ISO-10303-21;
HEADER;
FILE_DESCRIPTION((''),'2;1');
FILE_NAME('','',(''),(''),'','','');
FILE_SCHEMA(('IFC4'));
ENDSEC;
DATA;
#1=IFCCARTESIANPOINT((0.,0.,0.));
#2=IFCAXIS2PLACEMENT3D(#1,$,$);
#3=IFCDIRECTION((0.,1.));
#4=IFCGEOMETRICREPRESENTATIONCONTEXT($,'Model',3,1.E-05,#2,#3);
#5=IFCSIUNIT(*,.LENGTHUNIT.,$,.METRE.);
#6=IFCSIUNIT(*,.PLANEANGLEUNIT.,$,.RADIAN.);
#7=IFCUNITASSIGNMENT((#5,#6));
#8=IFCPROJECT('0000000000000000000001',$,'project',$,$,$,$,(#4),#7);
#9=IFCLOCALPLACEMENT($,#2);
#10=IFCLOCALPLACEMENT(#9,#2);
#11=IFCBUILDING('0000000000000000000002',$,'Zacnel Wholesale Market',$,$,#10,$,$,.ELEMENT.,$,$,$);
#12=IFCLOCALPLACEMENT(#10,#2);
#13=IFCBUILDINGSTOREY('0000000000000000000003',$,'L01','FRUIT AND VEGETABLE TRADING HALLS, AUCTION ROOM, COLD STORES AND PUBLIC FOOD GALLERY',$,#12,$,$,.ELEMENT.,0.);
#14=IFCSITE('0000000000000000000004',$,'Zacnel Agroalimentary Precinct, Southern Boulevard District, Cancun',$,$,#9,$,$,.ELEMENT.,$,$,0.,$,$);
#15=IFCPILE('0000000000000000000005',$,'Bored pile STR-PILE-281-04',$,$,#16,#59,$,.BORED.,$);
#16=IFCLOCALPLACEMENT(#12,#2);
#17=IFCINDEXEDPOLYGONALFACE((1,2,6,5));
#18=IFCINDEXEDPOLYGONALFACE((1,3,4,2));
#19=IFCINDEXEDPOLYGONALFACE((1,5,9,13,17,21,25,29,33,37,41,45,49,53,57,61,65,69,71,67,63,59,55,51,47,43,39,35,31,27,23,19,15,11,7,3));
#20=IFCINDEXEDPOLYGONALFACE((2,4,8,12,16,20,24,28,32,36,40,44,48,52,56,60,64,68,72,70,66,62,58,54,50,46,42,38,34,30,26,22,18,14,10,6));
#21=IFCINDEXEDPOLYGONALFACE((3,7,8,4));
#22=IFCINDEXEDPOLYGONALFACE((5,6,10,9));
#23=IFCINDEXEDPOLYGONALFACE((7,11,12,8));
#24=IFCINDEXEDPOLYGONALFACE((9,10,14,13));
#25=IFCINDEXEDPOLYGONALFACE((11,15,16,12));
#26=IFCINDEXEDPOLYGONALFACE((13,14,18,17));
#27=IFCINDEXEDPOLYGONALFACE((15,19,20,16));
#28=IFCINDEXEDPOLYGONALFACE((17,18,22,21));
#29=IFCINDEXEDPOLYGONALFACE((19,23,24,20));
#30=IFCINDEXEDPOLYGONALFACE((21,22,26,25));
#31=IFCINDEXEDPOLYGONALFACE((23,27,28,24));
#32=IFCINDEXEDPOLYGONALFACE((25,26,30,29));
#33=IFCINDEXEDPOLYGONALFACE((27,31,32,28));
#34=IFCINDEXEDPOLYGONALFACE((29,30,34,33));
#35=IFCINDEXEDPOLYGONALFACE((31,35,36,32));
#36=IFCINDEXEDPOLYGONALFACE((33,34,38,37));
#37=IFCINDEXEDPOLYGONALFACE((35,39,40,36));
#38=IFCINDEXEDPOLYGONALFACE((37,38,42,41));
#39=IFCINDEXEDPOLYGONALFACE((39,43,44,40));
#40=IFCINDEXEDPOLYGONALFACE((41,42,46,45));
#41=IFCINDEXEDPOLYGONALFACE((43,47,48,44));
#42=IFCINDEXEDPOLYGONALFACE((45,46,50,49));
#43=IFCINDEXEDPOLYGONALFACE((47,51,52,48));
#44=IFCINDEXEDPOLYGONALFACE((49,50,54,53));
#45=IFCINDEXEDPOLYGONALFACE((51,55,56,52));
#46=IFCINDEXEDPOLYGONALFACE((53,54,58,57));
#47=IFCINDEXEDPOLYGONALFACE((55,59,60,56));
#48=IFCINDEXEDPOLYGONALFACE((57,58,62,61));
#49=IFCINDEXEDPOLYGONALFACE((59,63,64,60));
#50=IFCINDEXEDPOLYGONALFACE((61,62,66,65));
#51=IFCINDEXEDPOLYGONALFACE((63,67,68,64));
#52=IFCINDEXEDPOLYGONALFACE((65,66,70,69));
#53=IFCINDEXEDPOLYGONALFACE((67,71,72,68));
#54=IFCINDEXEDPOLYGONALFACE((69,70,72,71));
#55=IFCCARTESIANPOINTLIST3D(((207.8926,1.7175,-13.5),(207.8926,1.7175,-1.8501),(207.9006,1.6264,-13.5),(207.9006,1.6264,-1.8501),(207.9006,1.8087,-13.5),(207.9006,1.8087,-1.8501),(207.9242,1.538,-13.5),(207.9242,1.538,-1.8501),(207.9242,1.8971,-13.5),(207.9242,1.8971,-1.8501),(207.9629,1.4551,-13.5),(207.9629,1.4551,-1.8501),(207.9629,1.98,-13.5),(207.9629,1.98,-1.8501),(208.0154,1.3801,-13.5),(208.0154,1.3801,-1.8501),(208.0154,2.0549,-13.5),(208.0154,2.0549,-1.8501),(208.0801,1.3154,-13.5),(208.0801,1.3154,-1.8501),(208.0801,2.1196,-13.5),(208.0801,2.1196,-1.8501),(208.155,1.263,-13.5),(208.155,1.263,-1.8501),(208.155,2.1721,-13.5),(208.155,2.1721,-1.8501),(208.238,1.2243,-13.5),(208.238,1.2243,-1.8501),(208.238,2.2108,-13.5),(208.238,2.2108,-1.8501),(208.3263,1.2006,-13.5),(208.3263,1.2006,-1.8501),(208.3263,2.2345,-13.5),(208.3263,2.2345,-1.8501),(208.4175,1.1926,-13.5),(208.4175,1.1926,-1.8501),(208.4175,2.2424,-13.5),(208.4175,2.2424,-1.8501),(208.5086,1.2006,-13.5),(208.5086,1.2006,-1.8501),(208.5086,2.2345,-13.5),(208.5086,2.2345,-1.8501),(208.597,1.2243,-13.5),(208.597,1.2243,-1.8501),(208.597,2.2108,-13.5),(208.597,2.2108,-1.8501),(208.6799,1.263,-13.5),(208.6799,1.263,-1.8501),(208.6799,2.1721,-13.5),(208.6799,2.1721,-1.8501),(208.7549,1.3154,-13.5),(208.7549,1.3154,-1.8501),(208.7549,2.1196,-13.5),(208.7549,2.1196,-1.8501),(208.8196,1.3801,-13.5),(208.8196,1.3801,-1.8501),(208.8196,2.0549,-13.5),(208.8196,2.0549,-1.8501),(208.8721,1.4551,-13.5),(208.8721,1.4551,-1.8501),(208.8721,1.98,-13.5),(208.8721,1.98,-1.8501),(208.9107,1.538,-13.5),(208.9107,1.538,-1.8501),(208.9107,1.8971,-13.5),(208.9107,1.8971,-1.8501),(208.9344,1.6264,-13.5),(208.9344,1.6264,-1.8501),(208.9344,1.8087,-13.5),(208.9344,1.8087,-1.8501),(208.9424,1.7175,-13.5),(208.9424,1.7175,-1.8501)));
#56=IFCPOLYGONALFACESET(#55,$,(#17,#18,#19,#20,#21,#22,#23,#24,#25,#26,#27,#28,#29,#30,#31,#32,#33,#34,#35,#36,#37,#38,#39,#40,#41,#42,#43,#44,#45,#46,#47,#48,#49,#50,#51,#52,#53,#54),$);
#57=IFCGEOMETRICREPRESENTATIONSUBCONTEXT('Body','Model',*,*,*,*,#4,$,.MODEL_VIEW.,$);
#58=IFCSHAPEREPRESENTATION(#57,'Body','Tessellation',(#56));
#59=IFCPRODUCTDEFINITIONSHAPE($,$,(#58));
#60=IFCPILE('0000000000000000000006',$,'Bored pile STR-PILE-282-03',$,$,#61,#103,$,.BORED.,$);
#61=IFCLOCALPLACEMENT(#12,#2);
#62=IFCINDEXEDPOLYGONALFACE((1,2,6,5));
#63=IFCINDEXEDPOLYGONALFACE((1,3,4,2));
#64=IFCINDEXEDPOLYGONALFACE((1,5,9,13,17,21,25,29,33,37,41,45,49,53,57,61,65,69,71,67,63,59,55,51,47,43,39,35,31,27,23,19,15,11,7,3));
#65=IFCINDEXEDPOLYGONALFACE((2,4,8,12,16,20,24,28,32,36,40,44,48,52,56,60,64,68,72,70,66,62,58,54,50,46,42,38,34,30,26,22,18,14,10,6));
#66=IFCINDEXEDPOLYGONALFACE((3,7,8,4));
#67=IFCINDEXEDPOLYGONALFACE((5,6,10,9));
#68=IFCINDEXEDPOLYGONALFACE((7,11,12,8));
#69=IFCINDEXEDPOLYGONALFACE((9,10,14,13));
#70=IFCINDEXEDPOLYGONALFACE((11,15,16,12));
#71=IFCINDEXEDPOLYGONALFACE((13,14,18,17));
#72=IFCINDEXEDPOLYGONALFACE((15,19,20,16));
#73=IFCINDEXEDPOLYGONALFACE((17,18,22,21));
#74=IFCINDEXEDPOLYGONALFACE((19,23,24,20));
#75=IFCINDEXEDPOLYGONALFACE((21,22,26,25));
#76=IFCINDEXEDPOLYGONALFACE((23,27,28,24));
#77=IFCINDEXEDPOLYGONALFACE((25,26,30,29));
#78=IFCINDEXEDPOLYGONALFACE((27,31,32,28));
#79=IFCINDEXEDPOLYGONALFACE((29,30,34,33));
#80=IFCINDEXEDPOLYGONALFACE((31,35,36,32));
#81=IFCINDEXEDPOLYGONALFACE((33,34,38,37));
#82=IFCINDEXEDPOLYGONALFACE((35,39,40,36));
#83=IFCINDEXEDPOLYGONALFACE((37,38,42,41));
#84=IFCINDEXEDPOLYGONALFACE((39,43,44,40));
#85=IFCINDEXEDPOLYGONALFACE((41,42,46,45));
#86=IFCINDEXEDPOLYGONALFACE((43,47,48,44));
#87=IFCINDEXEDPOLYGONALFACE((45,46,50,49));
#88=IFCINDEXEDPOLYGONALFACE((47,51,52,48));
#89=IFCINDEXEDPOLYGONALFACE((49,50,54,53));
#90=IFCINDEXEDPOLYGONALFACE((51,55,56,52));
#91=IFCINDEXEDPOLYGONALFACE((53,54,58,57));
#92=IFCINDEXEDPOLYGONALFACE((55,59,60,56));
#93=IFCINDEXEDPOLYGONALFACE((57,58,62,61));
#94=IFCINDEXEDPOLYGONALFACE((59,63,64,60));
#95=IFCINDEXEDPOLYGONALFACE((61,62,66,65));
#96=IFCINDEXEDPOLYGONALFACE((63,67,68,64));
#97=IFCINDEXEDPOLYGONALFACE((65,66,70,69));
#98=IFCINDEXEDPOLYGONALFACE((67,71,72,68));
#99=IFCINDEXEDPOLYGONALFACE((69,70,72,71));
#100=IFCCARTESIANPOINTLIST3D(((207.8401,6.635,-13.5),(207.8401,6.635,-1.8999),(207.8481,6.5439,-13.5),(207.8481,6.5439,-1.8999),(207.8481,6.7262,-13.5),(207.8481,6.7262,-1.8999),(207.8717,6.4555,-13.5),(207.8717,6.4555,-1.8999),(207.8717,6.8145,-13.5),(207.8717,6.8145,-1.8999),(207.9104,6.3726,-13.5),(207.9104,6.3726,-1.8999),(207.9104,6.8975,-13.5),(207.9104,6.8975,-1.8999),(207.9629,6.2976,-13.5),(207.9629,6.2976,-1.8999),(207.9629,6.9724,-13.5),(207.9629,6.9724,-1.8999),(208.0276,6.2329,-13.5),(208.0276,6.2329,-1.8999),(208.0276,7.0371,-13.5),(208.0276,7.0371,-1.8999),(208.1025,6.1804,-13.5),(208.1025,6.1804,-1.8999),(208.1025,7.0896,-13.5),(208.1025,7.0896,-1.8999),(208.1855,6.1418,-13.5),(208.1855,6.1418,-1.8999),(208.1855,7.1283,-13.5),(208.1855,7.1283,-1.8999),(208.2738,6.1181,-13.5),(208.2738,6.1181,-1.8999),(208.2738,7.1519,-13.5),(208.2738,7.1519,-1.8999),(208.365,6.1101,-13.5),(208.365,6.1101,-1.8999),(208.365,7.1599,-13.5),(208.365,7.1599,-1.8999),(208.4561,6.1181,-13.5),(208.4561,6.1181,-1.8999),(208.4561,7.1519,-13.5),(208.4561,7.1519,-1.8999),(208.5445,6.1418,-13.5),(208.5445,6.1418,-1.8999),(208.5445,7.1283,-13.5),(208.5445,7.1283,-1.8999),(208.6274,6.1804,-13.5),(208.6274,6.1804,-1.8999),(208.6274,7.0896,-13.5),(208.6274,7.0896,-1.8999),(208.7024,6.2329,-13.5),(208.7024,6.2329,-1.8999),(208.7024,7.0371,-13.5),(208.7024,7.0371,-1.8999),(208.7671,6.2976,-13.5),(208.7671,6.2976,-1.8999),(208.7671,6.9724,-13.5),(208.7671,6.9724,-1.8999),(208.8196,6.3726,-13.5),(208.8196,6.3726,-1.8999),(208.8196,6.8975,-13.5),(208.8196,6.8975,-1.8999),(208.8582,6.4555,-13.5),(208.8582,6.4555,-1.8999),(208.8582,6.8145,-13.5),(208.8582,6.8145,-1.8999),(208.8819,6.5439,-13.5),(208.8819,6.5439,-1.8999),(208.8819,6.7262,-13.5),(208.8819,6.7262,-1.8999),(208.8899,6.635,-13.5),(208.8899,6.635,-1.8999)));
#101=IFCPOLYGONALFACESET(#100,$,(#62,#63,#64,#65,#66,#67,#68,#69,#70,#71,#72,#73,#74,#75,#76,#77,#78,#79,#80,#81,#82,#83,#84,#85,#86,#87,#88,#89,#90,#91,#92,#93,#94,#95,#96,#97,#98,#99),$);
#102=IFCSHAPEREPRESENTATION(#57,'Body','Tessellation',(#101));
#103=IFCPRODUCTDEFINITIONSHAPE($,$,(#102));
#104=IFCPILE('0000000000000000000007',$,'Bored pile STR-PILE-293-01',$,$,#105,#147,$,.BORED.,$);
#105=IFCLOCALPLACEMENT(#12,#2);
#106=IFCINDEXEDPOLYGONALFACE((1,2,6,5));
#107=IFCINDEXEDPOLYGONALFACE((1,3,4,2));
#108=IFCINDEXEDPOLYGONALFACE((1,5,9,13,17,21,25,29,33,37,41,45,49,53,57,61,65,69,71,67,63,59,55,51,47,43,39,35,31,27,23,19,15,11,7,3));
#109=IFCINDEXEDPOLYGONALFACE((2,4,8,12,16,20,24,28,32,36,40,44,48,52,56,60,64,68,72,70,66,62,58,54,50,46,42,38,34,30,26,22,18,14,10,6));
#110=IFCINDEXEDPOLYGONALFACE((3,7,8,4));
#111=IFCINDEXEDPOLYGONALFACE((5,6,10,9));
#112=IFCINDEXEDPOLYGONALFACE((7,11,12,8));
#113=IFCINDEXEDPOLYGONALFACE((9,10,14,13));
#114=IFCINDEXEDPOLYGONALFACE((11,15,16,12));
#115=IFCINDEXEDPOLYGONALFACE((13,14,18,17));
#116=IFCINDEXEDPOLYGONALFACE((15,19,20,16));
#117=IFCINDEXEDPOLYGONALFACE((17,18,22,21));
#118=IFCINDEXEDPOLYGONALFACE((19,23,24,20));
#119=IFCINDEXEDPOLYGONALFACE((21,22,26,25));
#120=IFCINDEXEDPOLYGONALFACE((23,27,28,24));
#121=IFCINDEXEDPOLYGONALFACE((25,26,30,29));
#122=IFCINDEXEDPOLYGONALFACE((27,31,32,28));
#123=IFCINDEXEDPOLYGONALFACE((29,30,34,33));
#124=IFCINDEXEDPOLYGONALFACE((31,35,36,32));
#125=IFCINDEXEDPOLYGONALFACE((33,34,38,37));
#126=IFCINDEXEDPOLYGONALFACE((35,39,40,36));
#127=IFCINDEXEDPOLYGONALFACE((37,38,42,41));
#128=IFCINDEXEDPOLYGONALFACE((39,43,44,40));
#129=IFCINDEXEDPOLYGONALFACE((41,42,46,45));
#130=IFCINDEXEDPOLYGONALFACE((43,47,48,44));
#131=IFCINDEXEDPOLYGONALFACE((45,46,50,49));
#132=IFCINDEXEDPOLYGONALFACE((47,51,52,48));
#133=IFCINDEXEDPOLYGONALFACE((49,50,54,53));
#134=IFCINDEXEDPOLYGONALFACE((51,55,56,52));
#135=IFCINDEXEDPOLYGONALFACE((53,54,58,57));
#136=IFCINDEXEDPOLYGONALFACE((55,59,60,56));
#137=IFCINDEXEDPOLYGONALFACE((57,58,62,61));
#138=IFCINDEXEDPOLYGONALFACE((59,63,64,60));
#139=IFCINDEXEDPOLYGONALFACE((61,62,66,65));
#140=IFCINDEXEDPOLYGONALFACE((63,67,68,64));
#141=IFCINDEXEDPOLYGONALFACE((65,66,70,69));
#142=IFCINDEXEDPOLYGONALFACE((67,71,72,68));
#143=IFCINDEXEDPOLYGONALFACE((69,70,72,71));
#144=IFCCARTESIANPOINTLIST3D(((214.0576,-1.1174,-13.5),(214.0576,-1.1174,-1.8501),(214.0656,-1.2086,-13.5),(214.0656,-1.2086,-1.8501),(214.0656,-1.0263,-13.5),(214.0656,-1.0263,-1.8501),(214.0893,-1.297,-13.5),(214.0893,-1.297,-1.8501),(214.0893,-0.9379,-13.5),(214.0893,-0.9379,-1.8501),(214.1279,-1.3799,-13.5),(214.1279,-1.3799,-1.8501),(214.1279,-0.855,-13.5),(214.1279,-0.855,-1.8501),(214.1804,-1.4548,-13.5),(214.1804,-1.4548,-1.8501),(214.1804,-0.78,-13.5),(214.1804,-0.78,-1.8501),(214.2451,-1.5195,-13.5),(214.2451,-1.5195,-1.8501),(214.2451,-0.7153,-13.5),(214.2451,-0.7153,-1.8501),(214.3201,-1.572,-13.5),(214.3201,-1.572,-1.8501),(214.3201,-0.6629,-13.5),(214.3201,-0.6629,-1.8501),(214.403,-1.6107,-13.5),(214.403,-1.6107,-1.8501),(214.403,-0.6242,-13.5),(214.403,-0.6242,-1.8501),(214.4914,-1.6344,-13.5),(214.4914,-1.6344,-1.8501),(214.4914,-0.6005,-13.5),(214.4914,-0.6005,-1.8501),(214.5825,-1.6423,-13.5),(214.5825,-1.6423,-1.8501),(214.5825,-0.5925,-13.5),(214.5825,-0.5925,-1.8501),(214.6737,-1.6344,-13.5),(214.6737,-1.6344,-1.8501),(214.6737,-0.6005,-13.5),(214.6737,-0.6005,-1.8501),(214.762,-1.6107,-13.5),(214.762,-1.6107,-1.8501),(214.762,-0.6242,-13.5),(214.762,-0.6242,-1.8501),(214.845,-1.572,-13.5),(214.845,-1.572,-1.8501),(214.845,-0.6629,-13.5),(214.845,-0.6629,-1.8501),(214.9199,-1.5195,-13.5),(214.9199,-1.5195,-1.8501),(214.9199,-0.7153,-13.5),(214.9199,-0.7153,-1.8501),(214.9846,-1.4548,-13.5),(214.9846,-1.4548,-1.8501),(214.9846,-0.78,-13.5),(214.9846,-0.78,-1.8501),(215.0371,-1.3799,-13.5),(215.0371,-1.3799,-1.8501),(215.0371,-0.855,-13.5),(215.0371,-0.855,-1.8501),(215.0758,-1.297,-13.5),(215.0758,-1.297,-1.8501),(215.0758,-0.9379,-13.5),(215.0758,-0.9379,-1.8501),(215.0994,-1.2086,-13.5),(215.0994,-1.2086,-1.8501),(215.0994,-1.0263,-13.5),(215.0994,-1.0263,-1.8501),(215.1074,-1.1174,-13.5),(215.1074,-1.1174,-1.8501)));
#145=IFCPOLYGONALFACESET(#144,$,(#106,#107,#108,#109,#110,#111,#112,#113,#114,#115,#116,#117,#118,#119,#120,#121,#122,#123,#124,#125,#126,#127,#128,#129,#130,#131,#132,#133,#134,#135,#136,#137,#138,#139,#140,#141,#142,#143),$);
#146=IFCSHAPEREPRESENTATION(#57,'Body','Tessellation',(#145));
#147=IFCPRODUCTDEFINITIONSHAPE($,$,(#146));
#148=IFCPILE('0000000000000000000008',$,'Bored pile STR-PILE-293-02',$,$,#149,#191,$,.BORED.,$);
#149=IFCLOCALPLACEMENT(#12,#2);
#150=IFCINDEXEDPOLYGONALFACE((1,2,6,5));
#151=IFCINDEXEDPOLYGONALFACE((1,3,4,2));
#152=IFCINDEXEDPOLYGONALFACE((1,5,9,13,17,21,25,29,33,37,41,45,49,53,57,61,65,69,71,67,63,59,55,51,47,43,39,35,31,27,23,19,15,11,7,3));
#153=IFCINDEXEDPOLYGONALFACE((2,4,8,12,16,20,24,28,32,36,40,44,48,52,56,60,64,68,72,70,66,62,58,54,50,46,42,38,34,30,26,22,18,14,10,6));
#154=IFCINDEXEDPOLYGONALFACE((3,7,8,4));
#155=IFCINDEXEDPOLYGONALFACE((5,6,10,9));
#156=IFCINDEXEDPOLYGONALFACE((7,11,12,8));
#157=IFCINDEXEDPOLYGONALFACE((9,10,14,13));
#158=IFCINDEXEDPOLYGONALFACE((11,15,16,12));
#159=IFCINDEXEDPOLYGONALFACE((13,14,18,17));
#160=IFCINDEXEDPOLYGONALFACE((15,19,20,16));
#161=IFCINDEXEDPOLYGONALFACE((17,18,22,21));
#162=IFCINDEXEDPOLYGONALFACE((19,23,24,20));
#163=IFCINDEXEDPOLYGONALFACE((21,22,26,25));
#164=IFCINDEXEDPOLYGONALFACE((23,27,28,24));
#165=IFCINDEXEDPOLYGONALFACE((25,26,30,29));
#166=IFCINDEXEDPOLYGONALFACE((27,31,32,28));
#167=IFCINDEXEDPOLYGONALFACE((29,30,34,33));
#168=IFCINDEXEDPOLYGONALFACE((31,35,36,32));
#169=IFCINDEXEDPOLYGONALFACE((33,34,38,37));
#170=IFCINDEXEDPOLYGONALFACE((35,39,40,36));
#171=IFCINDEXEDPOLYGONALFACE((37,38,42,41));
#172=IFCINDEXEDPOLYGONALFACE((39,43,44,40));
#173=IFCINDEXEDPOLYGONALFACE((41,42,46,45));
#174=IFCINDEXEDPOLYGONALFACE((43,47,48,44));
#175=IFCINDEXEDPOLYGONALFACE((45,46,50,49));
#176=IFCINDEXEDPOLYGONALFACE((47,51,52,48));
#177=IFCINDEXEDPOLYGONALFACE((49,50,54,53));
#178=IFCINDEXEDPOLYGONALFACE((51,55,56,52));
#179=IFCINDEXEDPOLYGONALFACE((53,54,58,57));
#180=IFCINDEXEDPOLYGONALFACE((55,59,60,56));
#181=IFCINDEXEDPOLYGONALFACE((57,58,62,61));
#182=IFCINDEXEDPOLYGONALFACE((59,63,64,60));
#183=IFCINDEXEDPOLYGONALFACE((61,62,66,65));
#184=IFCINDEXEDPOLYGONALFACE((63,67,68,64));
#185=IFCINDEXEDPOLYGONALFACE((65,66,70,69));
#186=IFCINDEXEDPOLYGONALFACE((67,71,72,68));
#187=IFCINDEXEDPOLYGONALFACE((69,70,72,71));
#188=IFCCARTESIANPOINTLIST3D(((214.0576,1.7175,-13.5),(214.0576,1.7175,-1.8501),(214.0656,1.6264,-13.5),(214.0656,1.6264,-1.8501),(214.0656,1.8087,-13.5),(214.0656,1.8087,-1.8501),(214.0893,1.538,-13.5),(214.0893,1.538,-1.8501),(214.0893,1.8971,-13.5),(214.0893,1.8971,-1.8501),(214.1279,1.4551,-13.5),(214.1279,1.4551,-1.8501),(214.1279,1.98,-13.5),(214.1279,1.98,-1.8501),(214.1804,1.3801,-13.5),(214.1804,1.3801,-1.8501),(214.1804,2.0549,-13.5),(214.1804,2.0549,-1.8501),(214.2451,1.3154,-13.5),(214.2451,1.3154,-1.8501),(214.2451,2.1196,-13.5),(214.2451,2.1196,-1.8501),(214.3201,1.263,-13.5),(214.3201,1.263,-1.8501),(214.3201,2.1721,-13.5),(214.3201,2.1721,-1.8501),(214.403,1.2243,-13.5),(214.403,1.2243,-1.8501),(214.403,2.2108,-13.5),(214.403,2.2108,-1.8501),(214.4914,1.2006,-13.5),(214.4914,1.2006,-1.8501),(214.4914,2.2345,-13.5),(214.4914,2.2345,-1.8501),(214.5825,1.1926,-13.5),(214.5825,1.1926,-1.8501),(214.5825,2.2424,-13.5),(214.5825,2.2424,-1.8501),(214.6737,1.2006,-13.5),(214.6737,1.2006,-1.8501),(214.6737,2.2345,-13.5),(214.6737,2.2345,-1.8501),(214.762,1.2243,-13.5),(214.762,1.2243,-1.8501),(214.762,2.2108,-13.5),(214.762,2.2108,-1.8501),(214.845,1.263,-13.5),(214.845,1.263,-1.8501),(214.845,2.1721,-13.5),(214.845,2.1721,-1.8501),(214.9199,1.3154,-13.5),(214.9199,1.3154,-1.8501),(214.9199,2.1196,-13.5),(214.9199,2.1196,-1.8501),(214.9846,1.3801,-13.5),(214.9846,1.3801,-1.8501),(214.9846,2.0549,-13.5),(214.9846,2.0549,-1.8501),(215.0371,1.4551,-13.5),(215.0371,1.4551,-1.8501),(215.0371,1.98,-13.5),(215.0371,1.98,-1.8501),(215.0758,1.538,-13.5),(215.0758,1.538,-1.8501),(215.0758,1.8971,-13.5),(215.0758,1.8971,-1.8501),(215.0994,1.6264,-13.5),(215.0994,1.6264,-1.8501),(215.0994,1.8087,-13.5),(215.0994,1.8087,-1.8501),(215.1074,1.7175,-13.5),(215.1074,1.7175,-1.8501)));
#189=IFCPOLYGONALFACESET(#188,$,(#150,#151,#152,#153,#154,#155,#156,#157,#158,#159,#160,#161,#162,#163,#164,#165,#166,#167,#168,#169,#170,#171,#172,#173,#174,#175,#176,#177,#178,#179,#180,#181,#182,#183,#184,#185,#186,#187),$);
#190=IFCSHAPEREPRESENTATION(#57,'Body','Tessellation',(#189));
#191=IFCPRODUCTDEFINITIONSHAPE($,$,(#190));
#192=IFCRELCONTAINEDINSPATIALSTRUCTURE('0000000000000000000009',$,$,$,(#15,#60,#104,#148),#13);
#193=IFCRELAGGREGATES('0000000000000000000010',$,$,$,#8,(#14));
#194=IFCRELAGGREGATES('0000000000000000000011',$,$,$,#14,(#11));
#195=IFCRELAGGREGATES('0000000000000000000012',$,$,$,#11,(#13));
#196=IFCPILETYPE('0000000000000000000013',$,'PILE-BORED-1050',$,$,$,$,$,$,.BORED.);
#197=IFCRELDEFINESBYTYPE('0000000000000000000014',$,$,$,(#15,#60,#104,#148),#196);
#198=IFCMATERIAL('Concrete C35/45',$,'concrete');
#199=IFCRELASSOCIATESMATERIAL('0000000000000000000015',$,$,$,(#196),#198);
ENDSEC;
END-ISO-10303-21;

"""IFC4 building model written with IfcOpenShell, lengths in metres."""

from ifc_helpers import new_model, si_unit, direction, frame, origin, origin_2d, place, context, subcontext, project, spatial, circle, extrude, material, material_profile, profile_set, type_object, element, save


model = new_model("IFC4")

# Units and contexts
model_context = context("Model", 3, precision=1e-05, world=origin(), true_north=direction((0.0, 1.0)))
body_context = subcontext(model_context, "Body", "Model", "MODEL_VIEW")
ifc_project = project(units=[si_unit("LENGTHUNIT", "METRE"), si_unit("PLANEANGLEUNIT", "RADIAN")], contexts=[model_context])

# Site, building, storey
site_placement = place(None, origin())
site = spatial("IfcSite", under=ifc_project, at=site_placement, Name="Zacnel Agroalimentary Precinct, Southern Boulevard District, Cancun", CompositionType="ELEMENT", RefElevation=0.0)
building_placement = place(site_placement, origin())
building = spatial("IfcBuilding", under=site, at=building_placement, Name="Zacnel Wholesale Market", CompositionType="ELEMENT")
storey_placement = place(building_placement, origin())
storey = spatial("IfcBuildingStorey", under=building, at=storey_placement, Name="L01", Description="FRUIT AND VEGETABLE TRADING HALLS, AUCTION ROOM, COLD STORES AND PUBLIC FOOD GALLERY", CompositionType="ELEMENT", Elevation=0.0)

# Piles
ifc_material_1 = material(Name="Concrete C35/45", Category="concrete")
ifc_material_profile_1 = material_profile(ifc_material_1, circle(Radius=0.5249, at=origin_2d()), Name="BORED PILE D1050")
ifc_profile_set_1 = profile_set([ifc_material_profile_1], Name="Concrete C35/45")
pile_type_1 = type_object("IfcPileType", Name="PILE-BORED-1050", PredefinedType="BORED", material=ifc_profile_set_1)
for number, where, z_axis, x_axis, name in (
    (1, (208.4175, 1.7175, -1.8501), (0.0, 0.0, -1.0), (1.0, 0.0, 0.0), "Bored pile STR-PILE-281-04"),
):
    element("IfcPile", number, at=place(storey_placement, frame(where, z_axis=z_axis, x_axis=x_axis)), inside=storey, type_object=pile_type_1, Name=name, PredefinedType="BORED", context=body_context, shape_type="SweptSolid", body=[
        extrude(circle(Radius=0.5249, at=origin_2d()), origin(), (0.0, 0.0, 1.0), 11.6499),
    ])
pile_1_placement = place(storey_placement, frame((208.365, 6.635, -1.8999), z_axis=(0.0, 0.0, -1.0), x_axis=(1.0, 0.0, 0.0)))
element("IfcPile", 2, at=pile_1_placement, inside=storey, type_object=pile_type_1, Name="Bored pile STR-PILE-282-03", PredefinedType="BORED", context=body_context, shape_type="SweptSolid", body=[
    extrude(circle(Radius=0.5249, at=origin_2d()), origin(), (0.0, 0.0, 1.0), 11.6001),
])
for number, where, z_axis, x_axis, name in (
    (3, (214.5825, -1.1174, -1.8501), (0.0, 0.0, -1.0), (1.0, 0.0, 0.0), "Bored pile STR-PILE-293-01"),
    (4, (214.5825, 1.7175, -1.8501), (0.0, 0.0, -1.0), (1.0, 0.0, 0.0), "Bored pile STR-PILE-293-02"),
):
    element("IfcPile", number, at=place(storey_placement, frame(where, z_axis=z_axis, x_axis=x_axis)), inside=storey, type_object=pile_type_1, Name=name, PredefinedType="BORED", context=body_context, shape_type="SweptSolid", body=[
        extrude(circle(Radius=0.5249, at=origin_2d()), origin(), (0.0, 0.0, 1.0), 11.6499),
    ])

save(model, "model.ifc")
